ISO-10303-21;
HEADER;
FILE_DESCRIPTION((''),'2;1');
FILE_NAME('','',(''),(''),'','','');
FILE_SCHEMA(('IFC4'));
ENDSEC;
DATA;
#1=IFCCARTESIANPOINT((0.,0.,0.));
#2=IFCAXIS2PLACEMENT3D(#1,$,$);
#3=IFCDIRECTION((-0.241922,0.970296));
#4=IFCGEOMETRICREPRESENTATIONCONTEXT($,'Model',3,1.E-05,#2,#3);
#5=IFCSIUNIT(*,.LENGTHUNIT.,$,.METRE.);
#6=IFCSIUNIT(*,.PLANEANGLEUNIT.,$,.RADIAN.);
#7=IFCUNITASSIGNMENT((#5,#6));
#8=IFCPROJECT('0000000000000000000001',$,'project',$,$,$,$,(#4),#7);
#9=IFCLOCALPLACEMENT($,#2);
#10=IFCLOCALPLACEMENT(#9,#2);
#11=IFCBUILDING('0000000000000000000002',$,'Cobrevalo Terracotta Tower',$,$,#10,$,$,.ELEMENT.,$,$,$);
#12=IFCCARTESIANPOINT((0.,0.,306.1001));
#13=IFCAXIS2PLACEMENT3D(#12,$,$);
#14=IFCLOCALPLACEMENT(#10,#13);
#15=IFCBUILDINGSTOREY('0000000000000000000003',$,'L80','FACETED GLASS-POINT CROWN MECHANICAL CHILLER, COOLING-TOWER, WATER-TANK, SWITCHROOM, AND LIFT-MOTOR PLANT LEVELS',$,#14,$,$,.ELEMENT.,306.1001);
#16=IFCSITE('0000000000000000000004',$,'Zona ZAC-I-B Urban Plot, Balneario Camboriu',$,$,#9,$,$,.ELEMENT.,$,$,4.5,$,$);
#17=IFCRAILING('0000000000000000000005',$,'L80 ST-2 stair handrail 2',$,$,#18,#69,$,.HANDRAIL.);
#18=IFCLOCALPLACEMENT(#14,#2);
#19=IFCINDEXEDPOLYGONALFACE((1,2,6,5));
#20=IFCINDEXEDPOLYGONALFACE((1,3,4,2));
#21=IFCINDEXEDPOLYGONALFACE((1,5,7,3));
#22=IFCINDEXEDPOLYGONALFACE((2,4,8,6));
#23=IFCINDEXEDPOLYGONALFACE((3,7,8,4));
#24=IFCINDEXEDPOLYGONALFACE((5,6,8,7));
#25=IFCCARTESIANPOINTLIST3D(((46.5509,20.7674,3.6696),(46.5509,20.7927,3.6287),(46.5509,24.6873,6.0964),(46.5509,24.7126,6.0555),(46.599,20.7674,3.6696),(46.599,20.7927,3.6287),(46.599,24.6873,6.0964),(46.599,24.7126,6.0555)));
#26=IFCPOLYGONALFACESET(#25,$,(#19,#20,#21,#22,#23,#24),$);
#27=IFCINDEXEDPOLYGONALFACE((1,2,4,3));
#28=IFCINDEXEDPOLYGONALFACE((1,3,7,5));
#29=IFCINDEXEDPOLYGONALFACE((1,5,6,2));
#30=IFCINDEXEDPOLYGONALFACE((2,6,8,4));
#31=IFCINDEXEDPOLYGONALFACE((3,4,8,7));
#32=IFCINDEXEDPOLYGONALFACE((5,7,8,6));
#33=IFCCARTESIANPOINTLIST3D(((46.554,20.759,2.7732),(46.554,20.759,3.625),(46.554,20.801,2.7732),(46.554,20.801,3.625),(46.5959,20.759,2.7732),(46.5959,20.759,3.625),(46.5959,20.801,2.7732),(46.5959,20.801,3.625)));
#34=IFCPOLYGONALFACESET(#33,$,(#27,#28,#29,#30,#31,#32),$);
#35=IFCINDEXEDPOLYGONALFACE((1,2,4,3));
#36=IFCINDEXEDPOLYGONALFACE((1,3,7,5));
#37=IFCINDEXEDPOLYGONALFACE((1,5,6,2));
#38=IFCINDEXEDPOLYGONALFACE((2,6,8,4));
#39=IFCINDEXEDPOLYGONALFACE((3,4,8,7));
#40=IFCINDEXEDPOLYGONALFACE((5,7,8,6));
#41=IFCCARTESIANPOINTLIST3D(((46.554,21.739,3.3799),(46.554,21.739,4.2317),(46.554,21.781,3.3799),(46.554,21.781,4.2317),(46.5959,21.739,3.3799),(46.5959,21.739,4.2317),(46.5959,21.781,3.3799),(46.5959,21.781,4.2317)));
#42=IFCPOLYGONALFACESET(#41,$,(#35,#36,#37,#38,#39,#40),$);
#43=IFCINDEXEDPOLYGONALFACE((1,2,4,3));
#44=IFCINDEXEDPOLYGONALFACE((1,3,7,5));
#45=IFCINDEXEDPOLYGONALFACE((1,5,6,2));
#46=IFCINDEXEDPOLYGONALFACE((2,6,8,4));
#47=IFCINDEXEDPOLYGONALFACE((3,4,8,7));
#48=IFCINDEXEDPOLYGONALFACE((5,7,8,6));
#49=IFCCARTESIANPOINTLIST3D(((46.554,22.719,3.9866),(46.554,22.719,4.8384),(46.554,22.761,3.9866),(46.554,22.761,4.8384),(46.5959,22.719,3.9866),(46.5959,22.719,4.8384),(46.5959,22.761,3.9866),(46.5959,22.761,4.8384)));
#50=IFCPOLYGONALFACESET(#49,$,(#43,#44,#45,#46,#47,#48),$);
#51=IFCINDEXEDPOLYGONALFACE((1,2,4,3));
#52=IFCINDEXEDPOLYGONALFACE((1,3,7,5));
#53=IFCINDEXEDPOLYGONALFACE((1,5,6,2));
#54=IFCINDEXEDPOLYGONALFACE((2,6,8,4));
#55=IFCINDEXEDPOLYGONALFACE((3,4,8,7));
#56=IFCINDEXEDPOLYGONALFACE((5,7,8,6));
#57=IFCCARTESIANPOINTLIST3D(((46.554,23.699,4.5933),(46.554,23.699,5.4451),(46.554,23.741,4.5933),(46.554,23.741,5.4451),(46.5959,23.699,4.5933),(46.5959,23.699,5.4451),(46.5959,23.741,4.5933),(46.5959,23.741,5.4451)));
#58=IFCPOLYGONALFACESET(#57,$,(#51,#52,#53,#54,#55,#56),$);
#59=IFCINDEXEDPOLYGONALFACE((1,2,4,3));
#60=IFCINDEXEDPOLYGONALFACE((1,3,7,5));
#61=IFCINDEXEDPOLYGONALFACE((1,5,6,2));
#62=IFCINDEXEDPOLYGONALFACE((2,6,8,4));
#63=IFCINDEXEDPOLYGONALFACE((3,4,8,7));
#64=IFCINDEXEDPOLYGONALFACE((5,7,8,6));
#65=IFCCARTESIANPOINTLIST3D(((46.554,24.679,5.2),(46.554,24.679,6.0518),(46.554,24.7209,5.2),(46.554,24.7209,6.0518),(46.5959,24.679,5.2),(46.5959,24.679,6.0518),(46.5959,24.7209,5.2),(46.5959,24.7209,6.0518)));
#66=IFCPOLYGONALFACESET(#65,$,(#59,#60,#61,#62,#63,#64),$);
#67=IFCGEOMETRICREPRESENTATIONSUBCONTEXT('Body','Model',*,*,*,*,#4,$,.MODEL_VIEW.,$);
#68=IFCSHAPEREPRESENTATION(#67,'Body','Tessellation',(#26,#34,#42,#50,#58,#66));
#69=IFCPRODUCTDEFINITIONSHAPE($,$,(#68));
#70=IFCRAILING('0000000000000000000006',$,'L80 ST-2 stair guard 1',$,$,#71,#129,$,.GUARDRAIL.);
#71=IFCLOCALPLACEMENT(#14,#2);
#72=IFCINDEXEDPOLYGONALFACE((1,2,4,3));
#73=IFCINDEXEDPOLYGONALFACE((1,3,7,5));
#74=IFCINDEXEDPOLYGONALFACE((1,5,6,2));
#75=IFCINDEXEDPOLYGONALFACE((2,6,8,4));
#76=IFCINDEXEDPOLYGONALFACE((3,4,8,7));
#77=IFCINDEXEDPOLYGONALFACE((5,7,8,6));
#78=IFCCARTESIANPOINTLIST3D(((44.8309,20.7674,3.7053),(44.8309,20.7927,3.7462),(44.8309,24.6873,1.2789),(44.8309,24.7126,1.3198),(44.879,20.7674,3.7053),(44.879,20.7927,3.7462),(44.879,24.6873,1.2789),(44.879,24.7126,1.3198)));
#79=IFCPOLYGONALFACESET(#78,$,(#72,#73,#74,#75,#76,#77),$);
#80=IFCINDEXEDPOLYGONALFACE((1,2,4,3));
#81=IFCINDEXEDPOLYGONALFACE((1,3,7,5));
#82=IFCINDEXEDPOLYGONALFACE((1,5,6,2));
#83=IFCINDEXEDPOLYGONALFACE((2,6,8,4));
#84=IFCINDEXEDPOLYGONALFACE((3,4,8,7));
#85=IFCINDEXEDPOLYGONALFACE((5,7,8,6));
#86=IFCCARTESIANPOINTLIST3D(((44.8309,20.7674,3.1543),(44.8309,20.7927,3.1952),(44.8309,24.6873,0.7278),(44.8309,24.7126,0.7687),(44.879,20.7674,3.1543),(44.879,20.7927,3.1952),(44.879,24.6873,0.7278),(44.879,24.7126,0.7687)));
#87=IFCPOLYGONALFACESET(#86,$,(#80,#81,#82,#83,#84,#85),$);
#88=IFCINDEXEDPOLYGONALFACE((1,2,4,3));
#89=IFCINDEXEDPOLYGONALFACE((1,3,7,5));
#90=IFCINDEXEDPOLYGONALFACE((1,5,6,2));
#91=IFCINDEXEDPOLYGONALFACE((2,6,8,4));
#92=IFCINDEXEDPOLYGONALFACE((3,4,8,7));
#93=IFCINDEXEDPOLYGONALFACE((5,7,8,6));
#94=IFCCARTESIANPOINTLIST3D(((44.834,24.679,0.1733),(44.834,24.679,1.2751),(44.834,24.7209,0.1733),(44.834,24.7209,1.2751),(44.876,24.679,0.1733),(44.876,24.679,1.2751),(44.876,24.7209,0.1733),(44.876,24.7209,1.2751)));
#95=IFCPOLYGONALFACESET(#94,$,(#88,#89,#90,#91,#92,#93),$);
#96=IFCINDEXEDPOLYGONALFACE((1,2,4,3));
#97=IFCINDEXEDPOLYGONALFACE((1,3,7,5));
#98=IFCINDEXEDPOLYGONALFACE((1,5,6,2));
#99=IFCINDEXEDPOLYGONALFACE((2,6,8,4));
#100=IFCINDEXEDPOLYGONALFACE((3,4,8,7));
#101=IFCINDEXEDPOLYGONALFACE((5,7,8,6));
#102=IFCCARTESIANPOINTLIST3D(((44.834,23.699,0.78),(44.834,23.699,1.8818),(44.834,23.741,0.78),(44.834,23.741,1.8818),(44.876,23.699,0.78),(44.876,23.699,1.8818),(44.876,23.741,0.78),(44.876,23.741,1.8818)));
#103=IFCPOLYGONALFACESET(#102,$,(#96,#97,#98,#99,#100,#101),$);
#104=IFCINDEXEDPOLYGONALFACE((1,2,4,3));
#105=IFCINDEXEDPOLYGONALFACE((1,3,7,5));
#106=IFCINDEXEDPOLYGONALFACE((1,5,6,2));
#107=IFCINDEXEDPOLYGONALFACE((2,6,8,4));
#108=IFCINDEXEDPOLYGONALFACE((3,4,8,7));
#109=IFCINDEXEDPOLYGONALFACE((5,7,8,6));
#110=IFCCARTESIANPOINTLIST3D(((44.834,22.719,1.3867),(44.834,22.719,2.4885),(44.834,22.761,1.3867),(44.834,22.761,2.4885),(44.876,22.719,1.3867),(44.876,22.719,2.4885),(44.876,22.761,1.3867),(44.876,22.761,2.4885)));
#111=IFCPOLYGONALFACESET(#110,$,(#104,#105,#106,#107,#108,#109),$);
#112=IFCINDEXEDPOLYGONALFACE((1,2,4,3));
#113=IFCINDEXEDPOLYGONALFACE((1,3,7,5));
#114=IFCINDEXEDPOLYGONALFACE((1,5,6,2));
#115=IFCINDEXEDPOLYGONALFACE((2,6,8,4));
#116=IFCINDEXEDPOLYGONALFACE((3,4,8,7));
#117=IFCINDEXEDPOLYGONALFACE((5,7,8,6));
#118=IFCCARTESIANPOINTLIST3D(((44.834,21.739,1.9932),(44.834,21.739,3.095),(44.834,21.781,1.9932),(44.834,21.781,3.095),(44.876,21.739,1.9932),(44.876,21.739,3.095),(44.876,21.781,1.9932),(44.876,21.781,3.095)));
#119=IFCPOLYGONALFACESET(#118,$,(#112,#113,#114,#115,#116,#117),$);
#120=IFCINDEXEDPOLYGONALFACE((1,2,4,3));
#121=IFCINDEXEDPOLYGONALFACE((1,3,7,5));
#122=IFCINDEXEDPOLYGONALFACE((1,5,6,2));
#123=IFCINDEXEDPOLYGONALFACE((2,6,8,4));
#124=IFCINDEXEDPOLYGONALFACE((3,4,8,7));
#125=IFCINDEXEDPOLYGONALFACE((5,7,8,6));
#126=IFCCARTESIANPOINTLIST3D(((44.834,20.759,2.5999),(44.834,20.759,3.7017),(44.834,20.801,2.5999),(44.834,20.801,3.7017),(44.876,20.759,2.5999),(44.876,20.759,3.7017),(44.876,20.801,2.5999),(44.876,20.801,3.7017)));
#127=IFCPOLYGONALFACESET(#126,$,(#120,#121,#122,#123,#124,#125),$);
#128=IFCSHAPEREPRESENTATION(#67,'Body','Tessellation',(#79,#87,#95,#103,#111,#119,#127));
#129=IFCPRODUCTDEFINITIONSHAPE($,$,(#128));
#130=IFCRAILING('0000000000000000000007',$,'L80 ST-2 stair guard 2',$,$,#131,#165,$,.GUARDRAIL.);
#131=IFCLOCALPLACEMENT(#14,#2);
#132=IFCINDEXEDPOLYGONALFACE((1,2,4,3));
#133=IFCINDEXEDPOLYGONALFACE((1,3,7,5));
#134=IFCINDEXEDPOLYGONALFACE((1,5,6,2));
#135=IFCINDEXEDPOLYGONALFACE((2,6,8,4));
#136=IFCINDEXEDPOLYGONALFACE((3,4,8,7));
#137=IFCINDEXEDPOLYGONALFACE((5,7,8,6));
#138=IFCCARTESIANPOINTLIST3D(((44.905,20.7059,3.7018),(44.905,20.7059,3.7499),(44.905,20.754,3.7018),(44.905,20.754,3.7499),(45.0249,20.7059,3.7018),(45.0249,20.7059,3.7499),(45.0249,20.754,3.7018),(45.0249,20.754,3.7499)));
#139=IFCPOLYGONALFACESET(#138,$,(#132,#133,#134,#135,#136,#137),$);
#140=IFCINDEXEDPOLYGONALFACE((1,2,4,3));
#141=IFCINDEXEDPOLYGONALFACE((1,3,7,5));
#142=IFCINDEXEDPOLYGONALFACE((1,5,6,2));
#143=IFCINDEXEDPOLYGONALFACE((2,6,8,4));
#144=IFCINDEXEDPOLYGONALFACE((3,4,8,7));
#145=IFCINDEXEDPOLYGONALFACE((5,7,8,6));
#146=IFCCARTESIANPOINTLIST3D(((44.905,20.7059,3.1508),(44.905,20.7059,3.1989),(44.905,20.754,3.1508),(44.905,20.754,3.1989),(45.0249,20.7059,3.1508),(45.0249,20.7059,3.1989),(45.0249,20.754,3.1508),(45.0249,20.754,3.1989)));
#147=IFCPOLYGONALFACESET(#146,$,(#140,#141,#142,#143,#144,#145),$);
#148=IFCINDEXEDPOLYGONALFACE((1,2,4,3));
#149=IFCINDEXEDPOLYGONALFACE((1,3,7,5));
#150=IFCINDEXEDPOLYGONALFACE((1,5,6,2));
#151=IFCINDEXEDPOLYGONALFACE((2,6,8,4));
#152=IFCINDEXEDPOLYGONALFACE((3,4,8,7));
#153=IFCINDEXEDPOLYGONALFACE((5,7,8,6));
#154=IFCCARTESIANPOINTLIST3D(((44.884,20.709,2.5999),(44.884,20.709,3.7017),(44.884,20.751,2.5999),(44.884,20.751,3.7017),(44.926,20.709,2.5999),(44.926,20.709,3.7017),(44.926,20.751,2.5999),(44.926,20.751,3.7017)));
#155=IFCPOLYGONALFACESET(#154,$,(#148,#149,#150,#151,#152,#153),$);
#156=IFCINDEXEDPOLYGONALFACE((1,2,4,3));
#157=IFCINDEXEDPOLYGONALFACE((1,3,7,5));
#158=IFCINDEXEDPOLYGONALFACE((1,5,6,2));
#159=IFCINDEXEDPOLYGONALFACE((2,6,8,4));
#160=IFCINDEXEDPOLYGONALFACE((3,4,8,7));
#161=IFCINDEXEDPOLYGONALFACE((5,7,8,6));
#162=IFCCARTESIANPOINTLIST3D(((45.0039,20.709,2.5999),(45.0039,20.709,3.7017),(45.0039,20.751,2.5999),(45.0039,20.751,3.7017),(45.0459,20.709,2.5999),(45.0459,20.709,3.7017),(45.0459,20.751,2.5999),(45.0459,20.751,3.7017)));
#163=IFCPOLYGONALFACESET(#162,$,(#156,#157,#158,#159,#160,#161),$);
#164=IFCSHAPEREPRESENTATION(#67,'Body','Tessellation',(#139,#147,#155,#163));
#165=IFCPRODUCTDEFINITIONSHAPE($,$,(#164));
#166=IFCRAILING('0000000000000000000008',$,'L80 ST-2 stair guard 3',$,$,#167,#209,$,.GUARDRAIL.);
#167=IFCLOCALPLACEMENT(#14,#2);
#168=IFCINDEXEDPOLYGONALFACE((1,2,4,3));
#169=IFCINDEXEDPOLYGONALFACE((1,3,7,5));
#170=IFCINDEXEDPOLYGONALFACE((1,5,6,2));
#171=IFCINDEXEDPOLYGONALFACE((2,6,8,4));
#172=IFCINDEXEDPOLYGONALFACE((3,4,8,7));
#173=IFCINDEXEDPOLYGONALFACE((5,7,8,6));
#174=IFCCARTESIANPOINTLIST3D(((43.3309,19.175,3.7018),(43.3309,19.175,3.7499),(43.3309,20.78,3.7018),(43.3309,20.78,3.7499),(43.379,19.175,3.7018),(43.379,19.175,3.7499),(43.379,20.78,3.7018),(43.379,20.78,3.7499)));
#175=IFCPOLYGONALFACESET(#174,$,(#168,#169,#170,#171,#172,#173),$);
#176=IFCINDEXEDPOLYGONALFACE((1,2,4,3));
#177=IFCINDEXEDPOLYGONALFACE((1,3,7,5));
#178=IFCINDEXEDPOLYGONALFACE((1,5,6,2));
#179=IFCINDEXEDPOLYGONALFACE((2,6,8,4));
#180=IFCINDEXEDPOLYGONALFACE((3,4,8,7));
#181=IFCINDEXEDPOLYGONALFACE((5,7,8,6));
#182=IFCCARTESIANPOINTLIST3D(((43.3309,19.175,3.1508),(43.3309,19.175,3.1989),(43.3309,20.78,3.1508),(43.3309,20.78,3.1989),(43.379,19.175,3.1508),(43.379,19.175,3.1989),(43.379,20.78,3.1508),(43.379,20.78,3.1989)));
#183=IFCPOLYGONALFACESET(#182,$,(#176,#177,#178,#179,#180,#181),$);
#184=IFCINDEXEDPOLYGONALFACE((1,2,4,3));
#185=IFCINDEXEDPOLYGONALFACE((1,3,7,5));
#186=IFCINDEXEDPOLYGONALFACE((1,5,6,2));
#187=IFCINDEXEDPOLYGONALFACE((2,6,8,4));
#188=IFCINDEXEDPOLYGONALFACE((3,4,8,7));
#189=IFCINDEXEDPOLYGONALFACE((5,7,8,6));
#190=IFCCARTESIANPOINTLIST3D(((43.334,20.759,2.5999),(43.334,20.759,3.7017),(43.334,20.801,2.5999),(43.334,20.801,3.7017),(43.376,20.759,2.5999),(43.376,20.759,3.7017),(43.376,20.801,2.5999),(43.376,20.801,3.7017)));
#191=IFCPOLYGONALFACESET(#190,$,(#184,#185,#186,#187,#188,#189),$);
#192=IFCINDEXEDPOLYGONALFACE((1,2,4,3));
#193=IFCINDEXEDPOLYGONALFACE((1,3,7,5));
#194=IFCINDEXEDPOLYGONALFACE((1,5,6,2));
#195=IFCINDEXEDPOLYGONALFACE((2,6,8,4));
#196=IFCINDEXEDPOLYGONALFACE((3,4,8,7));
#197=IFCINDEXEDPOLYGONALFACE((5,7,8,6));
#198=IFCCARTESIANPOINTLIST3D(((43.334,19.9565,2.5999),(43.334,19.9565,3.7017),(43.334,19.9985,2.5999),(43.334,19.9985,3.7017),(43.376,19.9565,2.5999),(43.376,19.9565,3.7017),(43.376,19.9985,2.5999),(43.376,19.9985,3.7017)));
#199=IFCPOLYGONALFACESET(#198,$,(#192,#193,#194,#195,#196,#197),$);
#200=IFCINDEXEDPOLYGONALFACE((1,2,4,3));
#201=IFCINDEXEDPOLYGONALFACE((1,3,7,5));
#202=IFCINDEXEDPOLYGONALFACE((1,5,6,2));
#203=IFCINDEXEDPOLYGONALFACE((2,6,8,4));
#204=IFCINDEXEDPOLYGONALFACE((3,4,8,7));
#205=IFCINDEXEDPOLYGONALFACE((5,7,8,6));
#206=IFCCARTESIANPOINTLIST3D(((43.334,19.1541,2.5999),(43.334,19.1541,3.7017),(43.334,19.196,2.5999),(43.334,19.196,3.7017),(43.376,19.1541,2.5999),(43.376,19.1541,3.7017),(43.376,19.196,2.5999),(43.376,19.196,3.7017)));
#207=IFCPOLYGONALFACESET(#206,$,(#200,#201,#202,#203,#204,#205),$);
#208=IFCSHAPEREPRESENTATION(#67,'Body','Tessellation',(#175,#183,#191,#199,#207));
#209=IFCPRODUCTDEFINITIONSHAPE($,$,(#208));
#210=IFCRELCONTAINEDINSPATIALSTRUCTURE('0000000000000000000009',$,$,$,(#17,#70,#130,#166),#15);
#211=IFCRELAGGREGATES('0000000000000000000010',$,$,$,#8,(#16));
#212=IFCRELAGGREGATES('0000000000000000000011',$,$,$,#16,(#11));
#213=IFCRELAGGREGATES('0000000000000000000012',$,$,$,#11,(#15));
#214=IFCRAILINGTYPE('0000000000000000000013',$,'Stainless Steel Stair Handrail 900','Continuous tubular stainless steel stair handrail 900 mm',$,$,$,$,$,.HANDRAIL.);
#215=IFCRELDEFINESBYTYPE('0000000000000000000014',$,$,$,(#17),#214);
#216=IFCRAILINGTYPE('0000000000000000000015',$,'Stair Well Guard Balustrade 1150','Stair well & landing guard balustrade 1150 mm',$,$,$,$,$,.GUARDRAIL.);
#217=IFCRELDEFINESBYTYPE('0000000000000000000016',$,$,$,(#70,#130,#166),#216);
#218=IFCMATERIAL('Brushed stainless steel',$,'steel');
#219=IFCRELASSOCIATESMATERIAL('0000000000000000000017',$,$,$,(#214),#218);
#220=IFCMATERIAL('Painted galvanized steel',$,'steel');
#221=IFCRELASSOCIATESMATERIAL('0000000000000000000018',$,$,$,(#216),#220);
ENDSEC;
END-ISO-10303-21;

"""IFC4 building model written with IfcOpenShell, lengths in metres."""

from ifc_helpers import new_model, si_unit, direction, frame, origin, origin_2d, place, context, subcontext, project, spatial, rectangle, extrude, material, type_object, element, save


model = new_model("IFC4")

# Units and contexts
model_context = context("Model", 3, precision=1e-05, world=origin(), true_north=direction((-0.241922, 0.970296)))
body_context = subcontext(model_context, "Body", "Model", "MODEL_VIEW")
ifc_project = project(units=[si_unit("LENGTHUNIT", "METRE"), si_unit("PLANEANGLEUNIT", "RADIAN")], contexts=[model_context])

# Site, building, storey
site_placement = place(None, origin())
site = spatial("IfcSite", under=ifc_project, at=site_placement, Name="Zona ZAC-I-B Urban Plot, Balneario Camboriu", CompositionType="ELEMENT", RefElevation=4.5)
building_placement = place(site_placement, origin())
building = spatial("IfcBuilding", under=site, at=building_placement, Name="Cobrevalo Terracotta Tower", CompositionType="ELEMENT")
storey_placement = place(building_placement, frame((0.0, 0.0, 306.1001)))
storey = spatial("IfcBuildingStorey", under=building, at=storey_placement, Name="L80", Description="FACETED GLASS-POINT CROWN MECHANICAL CHILLER, COOLING-TOWER, WATER-TANK, SWITCHROOM, AND LIFT-MOTOR PLANT LEVELS", CompositionType="ELEMENT", Elevation=306.1001)

# Railings
ifc_material_1 = material(Name="Brushed stainless steel", Category="steel")
railing_type_1 = type_object("IfcRailingType", Name="Stainless Steel Stair Handrail 900", Description="Continuous tubular stainless steel stair handrail 900 mm", PredefinedType="HANDRAIL", material=ifc_material_1)
railing_1_placement = place(storey_placement, frame((46.575, 20.78, 2.7732)))
element("IfcRailing", 1, at=railing_1_placement, inside=storey, type_object=railing_type_1, Name="L80 ST-2 stair handrail 2", PredefinedType="HANDRAIL", context=body_context, shape_type="SweptSolid", body=[
    extrude(rectangle(XDim=0.0481, YDim=0.0481, at=origin_2d()), frame((0.0, 0.0, 0.876), z_axis=(0.0, 0.850252, 0.526376), x_axis=(-1.0, 0.0, 0.0)), (0.0, 0.0, 1.0), 4.6104),
    extrude(rectangle(XDim=0.042, YDim=0.042, at=origin_2d()), origin(), (0.0, 0.0, 1.0), 0.8518),
    extrude(rectangle(XDim=0.042, YDim=0.042, at=origin_2d()), frame((0.0, 0.98, 0.6067)), (0.0, 0.0, 1.0), 0.8518),
    extrude(rectangle(XDim=0.042, YDim=0.042, at=origin_2d()), frame((0.0, 1.96, 1.2134)), (0.0, 0.0, 1.0), 0.8518),
    extrude(rectangle(XDim=0.042, YDim=0.042, at=origin_2d()), frame((0.0, 2.9399, 1.8201)), (0.0, 0.0, 1.0), 0.8518),
    extrude(rectangle(XDim=0.042, YDim=0.042, at=origin_2d()), frame((0.0, 3.9199, 2.4268)), (0.0, 0.0, 1.0), 0.8518),
])
ifc_material_2 = material(Name="Painted galvanized steel", Category="steel")
railing_type_2 = type_object("IfcRailingType", Name="Stair Well Guard Balustrade 1150", Description="Stair well & landing guard balustrade 1150 mm", PredefinedType="GUARDRAIL", material=ifc_material_2)
railing_2_placement = place(storey_placement, frame((44.855, 24.7, 0.1733)))
element("IfcRailing", 2, at=railing_2_placement, inside=storey, type_object=railing_type_2, Name="L80 ST-2 stair guard 1", PredefinedType="GUARDRAIL", context=body_context, shape_type="SweptSolid", body=[
    extrude(rectangle(XDim=0.0481, YDim=0.0481, at=origin_2d()), frame((0.0, 0.0, 1.126), z_axis=(0.0, -0.850275, 0.526338), x_axis=(1.0, 0.0, 0.0)), (0.0, 0.0, 1.0), 4.6101),
    extrude(rectangle(XDim=0.0481, YDim=0.0481, at=origin_2d()), frame((0.0, 0.0, 0.575), z_axis=(0.0, -0.850275, 0.526338), x_axis=(1.0, 0.0, 0.0)), (0.0, 0.0, 1.0), 4.6101),
    extrude(rectangle(XDim=0.042, YDim=0.042, at=origin_2d()), origin(), (0.0, 0.0, 1.0), 1.1018),
    extrude(rectangle(XDim=0.042, YDim=0.042, at=origin_2d()), frame((0.0, -0.98, 0.6067)), (0.0, 0.0, 1.0), 1.1018),
    extrude(rectangle(XDim=0.042, YDim=0.042, at=origin_2d()), frame((0.0, -1.96, 1.2134)), (0.0, 0.0, 1.0), 1.1018),
    extrude(rectangle(XDim=0.042, YDim=0.042, at=origin_2d()), frame((0.0, -2.9399, 1.8198)), (0.0, 0.0, 1.0), 1.1018),
    extrude(rectangle(XDim=0.042, YDim=0.042, at=origin_2d()), frame((0.0, -3.9199, 2.4265)), (0.0, 0.0, 1.0), 1.1018),
])
railing_3_placement = place(storey_placement, frame((44.905, 20.73, 2.5999)))
element("IfcRailing", 3, at=railing_3_placement, inside=storey, type_object=railing_type_2, Name="L80 ST-2 stair guard 2", PredefinedType="GUARDRAIL", context=body_context, shape_type="SweptSolid", body=[
    extrude(rectangle(XDim=0.0481, YDim=0.0481, at=origin_2d()), frame((0.0, 0.0, 1.126), z_axis=(1.0, 0.0, 0.0), x_axis=(0.0, 1.0, 0.0)), (0.0, 0.0, 1.0), 0.1199),
    extrude(rectangle(XDim=0.0481, YDim=0.0481, at=origin_2d()), frame((0.0, 0.0, 0.575), z_axis=(1.0, 0.0, 0.0), x_axis=(0.0, 1.0, 0.0)), (0.0, 0.0, 1.0), 0.1199),
    extrude(rectangle(XDim=0.042, YDim=0.042, at=origin_2d()), origin(), (0.0, 0.0, 1.0), 1.1018),
    extrude(rectangle(XDim=0.042, YDim=0.042, at=origin_2d()), frame((0.1199, 0.0, 0.0)), (0.0, 0.0, 1.0), 1.1018),
])
for number, where, name in (
    (4, (43.355, 20.78, 2.5999), "L80 ST-2 stair guard 3"),
):
    element("IfcRailing", number, at=place(storey_placement, frame(where)), inside=storey, type_object=railing_type_2, Name=name, PredefinedType="GUARDRAIL", context=body_context, shape_type="SweptSolid", body=[
        extrude(rectangle(XDim=0.0481, YDim=0.0481, at=origin_2d()), frame((0.0, 0.0, 1.126), z_axis=(0.0, -1.0, 0.0), x_axis=(1.0, 0.0, 0.0)), (0.0, 0.0, 1.0), 1.605),
        extrude(rectangle(XDim=0.0481, YDim=0.0481, at=origin_2d()), frame((0.0, 0.0, 0.575), z_axis=(0.0, -1.0, 0.0), x_axis=(1.0, 0.0, 0.0)), (0.0, 0.0, 1.0), 1.605),
        extrude(rectangle(XDim=0.042, YDim=0.042, at=origin_2d()), origin(), (0.0, 0.0, 1.0), 1.1018),
        extrude(rectangle(XDim=0.042, YDim=0.042, at=origin_2d()), frame((0.0, -0.8025, 0.0)), (0.0, 0.0, 1.0), 1.1018),
        extrude(rectangle(XDim=0.042, YDim=0.042, at=origin_2d()), frame((0.0, -1.605, 0.0)), (0.0, 0.0, 1.0), 1.1018),
    ])

save(model, "model.ifc")
